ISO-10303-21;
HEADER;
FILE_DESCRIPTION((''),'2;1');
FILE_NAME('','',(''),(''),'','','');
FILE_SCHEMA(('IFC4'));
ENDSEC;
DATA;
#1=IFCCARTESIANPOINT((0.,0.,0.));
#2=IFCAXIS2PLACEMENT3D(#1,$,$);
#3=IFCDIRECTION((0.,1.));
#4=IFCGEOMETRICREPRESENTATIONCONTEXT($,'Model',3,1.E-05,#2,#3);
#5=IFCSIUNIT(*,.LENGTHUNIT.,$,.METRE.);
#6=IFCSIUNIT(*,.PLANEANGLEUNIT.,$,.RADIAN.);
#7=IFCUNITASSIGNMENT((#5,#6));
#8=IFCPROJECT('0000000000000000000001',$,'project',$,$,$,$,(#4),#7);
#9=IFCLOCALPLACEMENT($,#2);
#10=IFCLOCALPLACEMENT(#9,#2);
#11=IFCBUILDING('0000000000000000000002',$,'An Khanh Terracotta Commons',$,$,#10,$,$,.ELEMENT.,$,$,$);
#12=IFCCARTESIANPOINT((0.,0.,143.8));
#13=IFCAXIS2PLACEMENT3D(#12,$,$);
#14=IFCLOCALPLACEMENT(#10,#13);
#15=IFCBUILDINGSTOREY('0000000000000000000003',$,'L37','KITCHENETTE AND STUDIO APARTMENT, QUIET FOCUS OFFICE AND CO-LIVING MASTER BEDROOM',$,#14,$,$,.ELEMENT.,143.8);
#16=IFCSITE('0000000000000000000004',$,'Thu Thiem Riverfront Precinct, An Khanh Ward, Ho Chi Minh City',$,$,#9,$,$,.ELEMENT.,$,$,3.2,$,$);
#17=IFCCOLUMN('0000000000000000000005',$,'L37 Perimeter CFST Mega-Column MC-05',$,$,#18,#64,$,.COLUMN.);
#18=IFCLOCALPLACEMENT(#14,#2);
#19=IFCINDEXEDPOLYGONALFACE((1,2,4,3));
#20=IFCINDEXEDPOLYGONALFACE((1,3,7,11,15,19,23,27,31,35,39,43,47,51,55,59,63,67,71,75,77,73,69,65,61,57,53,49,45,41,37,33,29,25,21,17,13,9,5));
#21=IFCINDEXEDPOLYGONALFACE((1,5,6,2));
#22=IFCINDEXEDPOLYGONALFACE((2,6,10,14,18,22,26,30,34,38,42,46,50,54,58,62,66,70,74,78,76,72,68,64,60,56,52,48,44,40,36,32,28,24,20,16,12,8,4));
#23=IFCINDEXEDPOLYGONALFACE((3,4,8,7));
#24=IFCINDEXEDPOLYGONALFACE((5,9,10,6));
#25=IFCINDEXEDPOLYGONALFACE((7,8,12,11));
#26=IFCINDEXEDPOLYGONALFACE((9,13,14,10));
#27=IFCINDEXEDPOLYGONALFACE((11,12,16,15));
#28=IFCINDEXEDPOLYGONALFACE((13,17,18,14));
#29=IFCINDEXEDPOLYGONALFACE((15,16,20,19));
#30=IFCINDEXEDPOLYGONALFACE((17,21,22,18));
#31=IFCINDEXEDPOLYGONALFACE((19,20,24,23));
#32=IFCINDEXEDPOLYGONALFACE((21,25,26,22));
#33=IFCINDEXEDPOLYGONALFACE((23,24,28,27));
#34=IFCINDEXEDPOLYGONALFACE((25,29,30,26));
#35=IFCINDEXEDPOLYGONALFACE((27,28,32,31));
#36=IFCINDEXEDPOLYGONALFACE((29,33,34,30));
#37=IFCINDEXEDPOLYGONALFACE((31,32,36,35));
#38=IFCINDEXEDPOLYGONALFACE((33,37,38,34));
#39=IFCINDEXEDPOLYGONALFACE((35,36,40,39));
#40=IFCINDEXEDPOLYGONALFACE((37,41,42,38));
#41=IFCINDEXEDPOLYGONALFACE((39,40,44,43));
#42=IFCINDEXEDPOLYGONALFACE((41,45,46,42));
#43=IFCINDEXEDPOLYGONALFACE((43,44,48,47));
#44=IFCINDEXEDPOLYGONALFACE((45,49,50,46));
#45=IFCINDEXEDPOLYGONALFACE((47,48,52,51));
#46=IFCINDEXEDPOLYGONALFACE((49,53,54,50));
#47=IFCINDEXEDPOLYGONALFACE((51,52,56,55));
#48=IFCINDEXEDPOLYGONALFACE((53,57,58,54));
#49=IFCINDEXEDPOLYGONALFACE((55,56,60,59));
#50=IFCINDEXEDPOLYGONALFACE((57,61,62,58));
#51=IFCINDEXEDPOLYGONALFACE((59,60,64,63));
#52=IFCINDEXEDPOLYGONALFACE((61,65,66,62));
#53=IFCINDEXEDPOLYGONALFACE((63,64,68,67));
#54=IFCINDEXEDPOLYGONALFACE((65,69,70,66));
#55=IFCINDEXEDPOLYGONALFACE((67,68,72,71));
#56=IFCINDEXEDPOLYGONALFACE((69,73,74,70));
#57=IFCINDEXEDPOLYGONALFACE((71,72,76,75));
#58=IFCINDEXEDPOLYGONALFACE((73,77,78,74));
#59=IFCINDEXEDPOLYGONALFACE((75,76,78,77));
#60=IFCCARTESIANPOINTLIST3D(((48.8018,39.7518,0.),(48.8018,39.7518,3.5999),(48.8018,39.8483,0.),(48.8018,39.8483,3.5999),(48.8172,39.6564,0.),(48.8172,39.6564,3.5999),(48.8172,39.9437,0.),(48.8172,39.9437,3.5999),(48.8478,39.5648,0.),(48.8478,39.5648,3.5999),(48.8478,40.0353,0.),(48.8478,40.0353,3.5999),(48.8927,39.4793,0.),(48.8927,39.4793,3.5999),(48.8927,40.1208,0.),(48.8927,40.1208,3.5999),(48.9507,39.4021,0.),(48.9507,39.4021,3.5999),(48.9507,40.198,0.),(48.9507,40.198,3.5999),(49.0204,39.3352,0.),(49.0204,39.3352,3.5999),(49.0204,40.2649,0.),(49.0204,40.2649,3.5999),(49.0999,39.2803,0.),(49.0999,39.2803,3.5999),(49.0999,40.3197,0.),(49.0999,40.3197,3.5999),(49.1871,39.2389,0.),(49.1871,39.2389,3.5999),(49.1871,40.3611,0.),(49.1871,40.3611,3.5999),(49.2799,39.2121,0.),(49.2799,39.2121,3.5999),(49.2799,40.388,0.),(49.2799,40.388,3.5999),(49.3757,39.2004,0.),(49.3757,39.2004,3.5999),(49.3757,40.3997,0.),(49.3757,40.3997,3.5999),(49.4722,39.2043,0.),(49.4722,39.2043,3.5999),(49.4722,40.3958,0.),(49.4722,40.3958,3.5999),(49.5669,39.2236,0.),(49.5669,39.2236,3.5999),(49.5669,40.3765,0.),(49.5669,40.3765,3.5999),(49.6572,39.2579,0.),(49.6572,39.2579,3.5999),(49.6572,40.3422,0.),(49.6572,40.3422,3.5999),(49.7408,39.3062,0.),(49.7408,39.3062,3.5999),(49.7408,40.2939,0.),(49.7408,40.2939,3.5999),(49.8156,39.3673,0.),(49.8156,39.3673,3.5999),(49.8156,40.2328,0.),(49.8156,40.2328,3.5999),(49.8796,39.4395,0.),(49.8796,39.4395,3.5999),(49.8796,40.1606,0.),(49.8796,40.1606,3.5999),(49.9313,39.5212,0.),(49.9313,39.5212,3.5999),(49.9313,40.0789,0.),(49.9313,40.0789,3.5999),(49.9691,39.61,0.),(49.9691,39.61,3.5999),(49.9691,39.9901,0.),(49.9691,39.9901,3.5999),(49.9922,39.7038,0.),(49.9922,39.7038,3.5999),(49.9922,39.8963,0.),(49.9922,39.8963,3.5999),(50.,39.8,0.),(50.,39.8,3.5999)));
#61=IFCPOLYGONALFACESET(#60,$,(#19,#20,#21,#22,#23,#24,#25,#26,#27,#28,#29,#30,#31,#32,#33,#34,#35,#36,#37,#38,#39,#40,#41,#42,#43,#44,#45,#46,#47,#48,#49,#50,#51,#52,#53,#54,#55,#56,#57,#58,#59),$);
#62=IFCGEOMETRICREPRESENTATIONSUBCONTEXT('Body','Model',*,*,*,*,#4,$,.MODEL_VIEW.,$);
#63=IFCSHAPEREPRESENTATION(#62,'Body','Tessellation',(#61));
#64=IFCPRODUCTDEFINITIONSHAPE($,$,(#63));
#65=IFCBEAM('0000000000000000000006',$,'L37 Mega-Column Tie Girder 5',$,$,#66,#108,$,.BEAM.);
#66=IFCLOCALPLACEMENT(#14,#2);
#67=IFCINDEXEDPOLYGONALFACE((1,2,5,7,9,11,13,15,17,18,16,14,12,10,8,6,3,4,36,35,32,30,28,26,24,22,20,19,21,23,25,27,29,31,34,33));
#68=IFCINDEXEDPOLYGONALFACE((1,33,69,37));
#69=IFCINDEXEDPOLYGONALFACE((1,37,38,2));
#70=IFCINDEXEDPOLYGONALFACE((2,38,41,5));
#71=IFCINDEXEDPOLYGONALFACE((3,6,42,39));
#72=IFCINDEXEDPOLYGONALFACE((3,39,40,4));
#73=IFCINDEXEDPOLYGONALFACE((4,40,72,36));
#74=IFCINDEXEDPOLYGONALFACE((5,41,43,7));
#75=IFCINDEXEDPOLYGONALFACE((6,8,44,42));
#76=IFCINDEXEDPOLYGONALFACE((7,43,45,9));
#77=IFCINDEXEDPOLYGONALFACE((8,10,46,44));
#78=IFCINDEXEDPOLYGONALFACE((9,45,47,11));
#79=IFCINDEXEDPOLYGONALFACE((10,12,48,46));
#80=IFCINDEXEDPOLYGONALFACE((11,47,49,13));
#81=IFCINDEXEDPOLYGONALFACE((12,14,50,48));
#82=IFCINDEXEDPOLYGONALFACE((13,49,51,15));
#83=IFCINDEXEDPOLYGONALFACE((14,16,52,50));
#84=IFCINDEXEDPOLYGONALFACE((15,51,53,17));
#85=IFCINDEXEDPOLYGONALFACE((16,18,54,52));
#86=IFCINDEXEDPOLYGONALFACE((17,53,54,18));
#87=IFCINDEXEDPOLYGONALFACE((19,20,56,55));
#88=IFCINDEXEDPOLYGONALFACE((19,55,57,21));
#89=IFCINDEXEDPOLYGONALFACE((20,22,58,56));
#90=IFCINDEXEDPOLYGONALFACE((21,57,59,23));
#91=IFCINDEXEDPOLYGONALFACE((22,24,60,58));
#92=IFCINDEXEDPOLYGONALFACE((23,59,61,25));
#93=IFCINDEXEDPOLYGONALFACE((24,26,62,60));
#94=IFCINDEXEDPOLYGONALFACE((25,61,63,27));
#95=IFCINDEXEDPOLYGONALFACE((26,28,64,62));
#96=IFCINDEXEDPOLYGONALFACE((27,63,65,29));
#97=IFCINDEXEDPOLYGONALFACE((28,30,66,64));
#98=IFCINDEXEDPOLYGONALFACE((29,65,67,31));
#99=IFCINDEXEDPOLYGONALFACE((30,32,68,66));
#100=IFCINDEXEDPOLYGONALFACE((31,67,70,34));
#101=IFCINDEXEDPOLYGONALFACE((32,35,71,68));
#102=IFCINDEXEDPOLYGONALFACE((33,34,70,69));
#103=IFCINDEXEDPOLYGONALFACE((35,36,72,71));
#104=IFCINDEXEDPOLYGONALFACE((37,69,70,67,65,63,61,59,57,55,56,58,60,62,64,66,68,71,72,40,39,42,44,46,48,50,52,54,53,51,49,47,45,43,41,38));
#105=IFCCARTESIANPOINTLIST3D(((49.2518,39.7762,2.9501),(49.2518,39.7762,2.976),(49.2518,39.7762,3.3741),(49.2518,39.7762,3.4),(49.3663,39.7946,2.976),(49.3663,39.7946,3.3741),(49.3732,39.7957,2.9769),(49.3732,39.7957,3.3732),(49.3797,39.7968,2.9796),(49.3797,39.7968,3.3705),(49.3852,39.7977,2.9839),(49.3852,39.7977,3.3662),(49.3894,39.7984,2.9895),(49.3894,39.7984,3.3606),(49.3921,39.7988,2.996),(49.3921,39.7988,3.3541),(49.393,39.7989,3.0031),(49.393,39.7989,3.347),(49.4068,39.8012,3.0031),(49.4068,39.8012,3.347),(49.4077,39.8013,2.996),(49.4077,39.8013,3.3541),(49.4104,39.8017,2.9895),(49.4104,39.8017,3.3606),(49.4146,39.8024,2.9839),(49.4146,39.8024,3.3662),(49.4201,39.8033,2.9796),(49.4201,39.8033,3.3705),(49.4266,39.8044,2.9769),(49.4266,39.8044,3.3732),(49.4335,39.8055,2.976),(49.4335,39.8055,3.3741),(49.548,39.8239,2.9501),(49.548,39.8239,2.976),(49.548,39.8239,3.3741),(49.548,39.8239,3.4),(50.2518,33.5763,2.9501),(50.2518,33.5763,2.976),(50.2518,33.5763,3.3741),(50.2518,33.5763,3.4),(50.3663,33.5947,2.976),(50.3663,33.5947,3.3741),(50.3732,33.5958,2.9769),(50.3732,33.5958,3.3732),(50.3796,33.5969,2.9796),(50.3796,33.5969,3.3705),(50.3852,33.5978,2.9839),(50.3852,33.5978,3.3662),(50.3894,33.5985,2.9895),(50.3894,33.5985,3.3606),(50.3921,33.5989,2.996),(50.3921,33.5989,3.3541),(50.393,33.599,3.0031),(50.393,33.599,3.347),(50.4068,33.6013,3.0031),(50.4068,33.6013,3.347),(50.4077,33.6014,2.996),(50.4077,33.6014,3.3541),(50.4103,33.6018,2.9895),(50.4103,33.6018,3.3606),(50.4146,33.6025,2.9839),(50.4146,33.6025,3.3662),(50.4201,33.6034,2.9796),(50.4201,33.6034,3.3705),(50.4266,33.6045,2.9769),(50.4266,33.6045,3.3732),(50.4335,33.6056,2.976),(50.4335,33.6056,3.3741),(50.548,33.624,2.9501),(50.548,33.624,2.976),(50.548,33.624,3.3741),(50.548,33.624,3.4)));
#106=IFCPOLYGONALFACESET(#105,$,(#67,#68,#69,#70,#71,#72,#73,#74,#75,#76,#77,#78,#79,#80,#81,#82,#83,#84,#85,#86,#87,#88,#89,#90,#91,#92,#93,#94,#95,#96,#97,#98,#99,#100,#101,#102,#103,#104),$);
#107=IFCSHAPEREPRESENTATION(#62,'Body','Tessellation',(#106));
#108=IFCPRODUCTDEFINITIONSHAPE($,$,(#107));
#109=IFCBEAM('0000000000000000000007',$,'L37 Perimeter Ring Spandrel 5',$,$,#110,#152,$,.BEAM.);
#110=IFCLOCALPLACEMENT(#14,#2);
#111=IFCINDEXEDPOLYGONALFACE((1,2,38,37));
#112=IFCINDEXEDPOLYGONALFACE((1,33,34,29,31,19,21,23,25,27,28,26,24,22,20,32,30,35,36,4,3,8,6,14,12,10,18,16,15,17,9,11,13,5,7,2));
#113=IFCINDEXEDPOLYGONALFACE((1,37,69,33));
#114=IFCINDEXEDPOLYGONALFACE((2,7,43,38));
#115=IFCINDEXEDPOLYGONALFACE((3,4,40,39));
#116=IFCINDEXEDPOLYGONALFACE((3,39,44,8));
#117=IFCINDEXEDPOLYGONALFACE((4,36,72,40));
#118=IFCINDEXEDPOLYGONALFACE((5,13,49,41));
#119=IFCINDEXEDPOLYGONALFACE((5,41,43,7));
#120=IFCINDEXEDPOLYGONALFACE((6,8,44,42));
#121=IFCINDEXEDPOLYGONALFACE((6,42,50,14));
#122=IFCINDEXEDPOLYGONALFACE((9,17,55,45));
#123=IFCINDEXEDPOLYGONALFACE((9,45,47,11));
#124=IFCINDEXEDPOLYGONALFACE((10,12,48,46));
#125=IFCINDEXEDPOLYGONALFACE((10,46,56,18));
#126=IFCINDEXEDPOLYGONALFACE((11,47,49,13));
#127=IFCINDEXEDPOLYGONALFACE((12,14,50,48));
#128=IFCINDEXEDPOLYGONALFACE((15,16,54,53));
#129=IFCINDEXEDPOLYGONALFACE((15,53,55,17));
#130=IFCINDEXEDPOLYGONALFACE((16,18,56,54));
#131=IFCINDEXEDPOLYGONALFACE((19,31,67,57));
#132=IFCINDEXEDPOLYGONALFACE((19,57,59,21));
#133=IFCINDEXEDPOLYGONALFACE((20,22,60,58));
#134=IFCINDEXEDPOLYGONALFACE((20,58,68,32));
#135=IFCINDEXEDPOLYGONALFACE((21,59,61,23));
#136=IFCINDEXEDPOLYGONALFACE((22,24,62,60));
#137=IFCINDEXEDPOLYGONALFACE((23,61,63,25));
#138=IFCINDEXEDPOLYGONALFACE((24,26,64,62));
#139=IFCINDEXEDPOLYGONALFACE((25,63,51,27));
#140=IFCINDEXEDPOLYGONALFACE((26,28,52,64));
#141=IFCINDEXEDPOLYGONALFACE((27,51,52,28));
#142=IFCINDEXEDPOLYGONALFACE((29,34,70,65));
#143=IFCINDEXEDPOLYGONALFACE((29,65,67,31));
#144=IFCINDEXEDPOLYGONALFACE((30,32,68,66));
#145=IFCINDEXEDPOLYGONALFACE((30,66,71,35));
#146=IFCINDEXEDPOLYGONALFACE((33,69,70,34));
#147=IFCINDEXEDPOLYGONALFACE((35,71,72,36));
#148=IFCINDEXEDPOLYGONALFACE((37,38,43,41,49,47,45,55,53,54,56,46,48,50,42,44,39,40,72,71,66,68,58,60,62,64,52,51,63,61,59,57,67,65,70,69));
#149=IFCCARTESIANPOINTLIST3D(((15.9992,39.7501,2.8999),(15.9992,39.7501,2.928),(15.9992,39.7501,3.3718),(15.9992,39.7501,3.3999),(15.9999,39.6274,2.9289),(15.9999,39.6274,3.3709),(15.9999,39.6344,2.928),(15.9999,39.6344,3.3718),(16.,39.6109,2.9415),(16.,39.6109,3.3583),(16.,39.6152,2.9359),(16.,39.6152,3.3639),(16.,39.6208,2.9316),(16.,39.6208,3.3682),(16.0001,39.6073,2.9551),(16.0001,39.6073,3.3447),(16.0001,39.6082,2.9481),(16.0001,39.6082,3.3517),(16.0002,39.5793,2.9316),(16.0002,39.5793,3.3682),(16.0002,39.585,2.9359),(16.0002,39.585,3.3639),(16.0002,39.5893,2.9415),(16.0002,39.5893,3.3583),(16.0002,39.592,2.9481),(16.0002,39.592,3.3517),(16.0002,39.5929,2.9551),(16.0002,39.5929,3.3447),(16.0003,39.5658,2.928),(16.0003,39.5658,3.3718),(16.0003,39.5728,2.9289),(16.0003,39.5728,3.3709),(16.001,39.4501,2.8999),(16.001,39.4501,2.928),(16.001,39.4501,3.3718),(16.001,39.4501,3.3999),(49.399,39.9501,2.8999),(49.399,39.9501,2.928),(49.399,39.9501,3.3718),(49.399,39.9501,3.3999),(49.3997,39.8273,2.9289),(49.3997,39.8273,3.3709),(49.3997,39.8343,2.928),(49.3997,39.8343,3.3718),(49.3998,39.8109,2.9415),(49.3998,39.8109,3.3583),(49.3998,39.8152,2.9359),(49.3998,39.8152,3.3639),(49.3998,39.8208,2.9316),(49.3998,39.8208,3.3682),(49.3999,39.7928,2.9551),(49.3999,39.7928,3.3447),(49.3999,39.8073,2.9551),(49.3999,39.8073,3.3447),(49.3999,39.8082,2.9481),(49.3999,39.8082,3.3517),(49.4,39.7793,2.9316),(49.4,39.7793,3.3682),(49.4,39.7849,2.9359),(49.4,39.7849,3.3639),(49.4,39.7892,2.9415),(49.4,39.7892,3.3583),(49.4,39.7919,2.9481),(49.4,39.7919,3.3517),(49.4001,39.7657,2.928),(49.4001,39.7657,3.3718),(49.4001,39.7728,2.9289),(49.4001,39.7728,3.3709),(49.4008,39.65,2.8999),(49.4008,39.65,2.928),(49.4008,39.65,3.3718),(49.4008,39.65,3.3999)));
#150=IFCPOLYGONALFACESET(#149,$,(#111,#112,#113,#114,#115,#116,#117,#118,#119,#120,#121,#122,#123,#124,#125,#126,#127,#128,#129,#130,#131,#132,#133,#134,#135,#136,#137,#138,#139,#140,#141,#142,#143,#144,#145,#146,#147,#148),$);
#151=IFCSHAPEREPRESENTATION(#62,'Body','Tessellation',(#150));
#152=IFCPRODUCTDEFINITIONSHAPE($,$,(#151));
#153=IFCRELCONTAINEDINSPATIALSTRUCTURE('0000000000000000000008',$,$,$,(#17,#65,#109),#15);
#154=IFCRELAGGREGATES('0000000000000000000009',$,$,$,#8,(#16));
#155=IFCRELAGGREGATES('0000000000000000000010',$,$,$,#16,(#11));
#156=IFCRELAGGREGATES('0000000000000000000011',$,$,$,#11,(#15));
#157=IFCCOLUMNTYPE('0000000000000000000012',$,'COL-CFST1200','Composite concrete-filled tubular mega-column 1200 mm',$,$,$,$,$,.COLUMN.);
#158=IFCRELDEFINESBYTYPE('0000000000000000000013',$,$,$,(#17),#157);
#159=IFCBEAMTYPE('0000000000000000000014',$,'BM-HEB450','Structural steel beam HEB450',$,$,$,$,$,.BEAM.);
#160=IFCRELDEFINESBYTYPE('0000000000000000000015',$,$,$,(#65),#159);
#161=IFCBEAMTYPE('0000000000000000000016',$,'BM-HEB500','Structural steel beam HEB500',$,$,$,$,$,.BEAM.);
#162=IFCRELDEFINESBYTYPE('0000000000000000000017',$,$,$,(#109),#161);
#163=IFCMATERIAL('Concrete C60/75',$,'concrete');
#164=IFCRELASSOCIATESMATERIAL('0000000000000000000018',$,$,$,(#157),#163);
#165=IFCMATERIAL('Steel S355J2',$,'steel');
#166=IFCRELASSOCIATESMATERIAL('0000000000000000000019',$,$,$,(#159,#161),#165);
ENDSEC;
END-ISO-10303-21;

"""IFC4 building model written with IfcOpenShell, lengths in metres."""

from ifc_helpers import new_model, si_unit, direction, frame, origin, origin_2d, place, context, subcontext, project, spatial, circle, i_section, extrude, material, material_profile, profile_set, type_object, element, save


model = new_model("IFC4")

# Units and contexts
model_context = context("Model", 3, precision=1e-05, world=origin(), true_north=direction((0.0, 1.0)))
body_context = subcontext(model_context, "Body", "Model", "MODEL_VIEW")
ifc_project = project(units=[si_unit("LENGTHUNIT", "METRE"), si_unit("PLANEANGLEUNIT", "RADIAN")], contexts=[model_context])

# Site, building, storey
site_placement = place(None, origin())
site = spatial("IfcSite", under=ifc_project, at=site_placement, Name="Thu Thiem Riverfront Precinct, An Khanh Ward, Ho Chi Minh City", CompositionType="ELEMENT", RefElevation=3.2)
building_placement = place(site_placement, origin())
building = spatial("IfcBuilding", under=site, at=building_placement, Name="An Khanh Terracotta Commons", CompositionType="ELEMENT")
storey_placement = place(building_placement, frame((0.0, 0.0, 143.8)))
storey = spatial("IfcBuildingStorey", under=building, at=storey_placement, Name="L37", Description="KITCHENETTE AND STUDIO APARTMENT, QUIET FOCUS OFFICE AND CO-LIVING MASTER BEDROOM", CompositionType="ELEMENT", Elevation=143.8)

# Column
ifc_material_1 = material(Name="Concrete C60/75", Category="concrete")
ifc_material_profile_1 = material_profile(ifc_material_1, circle(Radius=0.6001, at=origin_2d()), Name="CFST1200")
ifc_profile_set_1 = profile_set([ifc_material_profile_1], Name="Concrete C60/75")
column_type = type_object("IfcColumnType", Name="COL-CFST1200", Description="Composite concrete-filled tubular mega-column 1200 mm", PredefinedType="COLUMN", material=ifc_profile_set_1)
column_placement = place(storey_placement, frame((49.3999, 39.8, 0.0), z_axis=(0.0, 0.0, 1.0), x_axis=(1.0, 0.0, 0.0)))
element("IfcColumn", 1, at=column_placement, inside=storey, type_object=column_type, Name="L37 Perimeter CFST Mega-Column MC-05", PredefinedType="COLUMN", context=body_context, shape_type="SweptSolid", body=[
    extrude(circle(Radius=0.6001, at=origin_2d()), origin(), (0.0, 0.0, 1.0), 3.5999),
])

# Beams
ifc_material_2 = material(Name="Steel S355J2", Category="steel")
ifc_material_profile_2 = material_profile(ifc_material_2, i_section(OverallWidth=0.3, OverallDepth=0.45, WebThickness=0.0139, FlangeThickness=0.0259, FilletRadius=0.0271, at=origin_2d()), Name="HEB450")
ifc_profile_set_2 = profile_set([ifc_material_profile_2], Name="Steel S355J2")
beam_type_1 = type_object("IfcBeamType", Name="BM-HEB450", Description="Structural steel beam HEB450", PredefinedType="BEAM", material=ifc_profile_set_2)
beam_1_placement = place(storey_placement, frame((49.3999, 39.8, 3.175), z_axis=(0.159234, -0.987241, 0.0), x_axis=(0.987241, 0.159234, 0.0)))
element("IfcBeam", 2, at=beam_1_placement, inside=storey, type_object=beam_type_1, Name="L37 Mega-Column Tie Girder 5", PredefinedType="BEAM", context=body_context, shape_type="SweptSolid", body=[
    extrude(i_section(OverallWidth=0.3, OverallDepth=0.45, WebThickness=0.0139, FlangeThickness=0.0259, FilletRadius=0.0271, at=origin_2d()), origin(), (0.0, 0.0, 1.0), 6.28),
])
ifc_material_profile_3 = material_profile(ifc_material_2, i_section(OverallWidth=0.3, OverallDepth=0.5, WebThickness=0.0144, FlangeThickness=0.0281, FilletRadius=0.0271, at=origin_2d()), Name="HEB500")
ifc_profile_set_3 = profile_set([ifc_material_profile_3], Name="Steel S355J2")
beam_type_2 = type_object("IfcBeamType", Name="BM-HEB500", Description="Structural steel beam HEB500", PredefinedType="BEAM", material=ifc_profile_set_3)
beam_2_placement = place(storey_placement, frame((49.3999, 39.8, 3.1499), z_axis=(-0.999982, -0.005986, 0.0), x_axis=(0.005986, -0.999982, 0.0)))
element("IfcBeam", 3, at=beam_2_placement, inside=storey, type_object=beam_type_2, Name="L37 Perimeter Ring Spandrel 5", PredefinedType="BEAM", context=body_context, shape_type="SweptSolid", body=[
    extrude(i_section(OverallWidth=0.3, OverallDepth=0.5, WebThickness=0.0144, FlangeThickness=0.0281, FilletRadius=0.0271, at=origin_2d()), origin(), (0.0, 0.0, 1.0), 33.4004),
])

save(model, "model.ifc")
